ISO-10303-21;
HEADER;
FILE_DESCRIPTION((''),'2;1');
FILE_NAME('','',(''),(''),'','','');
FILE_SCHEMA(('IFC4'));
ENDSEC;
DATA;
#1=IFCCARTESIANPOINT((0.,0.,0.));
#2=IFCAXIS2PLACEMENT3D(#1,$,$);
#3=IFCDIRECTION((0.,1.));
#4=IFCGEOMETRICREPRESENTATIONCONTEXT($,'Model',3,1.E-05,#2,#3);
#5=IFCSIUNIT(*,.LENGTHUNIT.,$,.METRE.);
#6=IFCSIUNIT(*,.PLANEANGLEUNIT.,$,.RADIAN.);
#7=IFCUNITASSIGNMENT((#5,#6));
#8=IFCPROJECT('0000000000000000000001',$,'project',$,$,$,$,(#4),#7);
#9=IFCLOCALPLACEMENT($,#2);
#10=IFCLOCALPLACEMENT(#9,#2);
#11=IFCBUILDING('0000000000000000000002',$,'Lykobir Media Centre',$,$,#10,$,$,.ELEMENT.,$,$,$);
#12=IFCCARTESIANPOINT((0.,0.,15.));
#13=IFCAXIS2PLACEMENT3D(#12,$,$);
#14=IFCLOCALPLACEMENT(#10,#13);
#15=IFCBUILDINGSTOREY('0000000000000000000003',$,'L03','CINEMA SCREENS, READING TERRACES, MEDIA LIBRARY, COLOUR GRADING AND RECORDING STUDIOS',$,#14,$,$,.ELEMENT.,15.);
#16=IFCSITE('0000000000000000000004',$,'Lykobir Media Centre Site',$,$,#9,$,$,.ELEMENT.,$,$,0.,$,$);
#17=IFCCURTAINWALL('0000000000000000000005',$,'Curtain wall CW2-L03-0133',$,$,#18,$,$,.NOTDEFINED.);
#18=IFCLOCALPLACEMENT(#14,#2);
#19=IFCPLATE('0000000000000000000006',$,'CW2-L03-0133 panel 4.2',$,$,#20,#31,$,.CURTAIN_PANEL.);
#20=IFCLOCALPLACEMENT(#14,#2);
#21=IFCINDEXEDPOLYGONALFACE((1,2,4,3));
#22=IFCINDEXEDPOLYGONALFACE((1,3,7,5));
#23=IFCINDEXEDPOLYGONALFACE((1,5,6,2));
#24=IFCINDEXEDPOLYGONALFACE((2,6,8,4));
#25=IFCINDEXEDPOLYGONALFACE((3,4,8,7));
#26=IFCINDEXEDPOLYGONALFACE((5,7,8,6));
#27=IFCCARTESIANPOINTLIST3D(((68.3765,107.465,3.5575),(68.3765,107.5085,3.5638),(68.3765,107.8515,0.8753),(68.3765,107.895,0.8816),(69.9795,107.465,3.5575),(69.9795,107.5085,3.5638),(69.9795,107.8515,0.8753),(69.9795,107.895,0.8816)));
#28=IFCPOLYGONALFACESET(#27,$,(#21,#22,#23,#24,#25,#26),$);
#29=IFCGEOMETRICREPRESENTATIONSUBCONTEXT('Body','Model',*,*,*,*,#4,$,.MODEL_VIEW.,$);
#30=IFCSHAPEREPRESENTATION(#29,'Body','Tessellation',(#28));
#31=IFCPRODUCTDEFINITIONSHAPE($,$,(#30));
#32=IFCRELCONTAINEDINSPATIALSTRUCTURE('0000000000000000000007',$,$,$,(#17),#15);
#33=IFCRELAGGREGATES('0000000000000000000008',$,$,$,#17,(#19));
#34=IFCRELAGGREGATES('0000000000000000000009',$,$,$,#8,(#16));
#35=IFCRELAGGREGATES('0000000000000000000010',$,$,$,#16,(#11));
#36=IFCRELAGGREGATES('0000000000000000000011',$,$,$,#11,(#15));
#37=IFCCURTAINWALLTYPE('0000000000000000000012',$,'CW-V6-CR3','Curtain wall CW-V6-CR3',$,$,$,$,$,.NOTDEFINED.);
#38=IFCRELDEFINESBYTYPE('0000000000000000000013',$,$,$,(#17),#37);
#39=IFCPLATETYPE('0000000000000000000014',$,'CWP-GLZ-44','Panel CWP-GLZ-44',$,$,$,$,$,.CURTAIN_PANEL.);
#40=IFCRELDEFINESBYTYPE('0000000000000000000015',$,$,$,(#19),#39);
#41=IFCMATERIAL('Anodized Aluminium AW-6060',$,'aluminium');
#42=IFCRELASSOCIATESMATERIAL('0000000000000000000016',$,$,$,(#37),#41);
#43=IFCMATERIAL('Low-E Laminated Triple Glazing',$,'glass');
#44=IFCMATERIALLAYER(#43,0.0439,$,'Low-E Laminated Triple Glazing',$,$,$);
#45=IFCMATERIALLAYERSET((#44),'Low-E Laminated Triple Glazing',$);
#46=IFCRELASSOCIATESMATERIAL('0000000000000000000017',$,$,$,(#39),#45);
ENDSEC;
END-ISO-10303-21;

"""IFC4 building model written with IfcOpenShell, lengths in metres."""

from ifc_helpers import new_model, si_unit, direction, frame, origin, origin_2d, place, context, subcontext, project, spatial, rectangle, extrude, material, layer, layer_set, type_object, element, aggregate, save


model = new_model("IFC4")

# Units and contexts
model_context = context("Model", 3, precision=1e-05, world=origin(), true_north=direction((0.0, 1.0)))
body_context = subcontext(model_context, "Body", "Model", "MODEL_VIEW")
ifc_project = project(units=[si_unit("LENGTHUNIT", "METRE"), si_unit("PLANEANGLEUNIT", "RADIAN")], contexts=[model_context])

# Site, building, storey
site_placement = place(None, origin())
site = spatial("IfcSite", under=ifc_project, at=site_placement, Name="Lykobir Media Centre Site", CompositionType="ELEMENT", RefElevation=0.0)
building_placement = place(site_placement, origin())
building = spatial("IfcBuilding", under=site, at=building_placement, Name="Lykobir Media Centre", CompositionType="ELEMENT")
storey_placement = place(building_placement, frame((0.0, 0.0, 15.0)))
storey = spatial("IfcBuildingStorey", under=building, at=storey_placement, Name="L03", Description="CINEMA SCREENS, READING TERRACES, MEDIA LIBRARY, COLOUR GRADING AND RECORDING STUDIOS", CompositionType="ELEMENT", Elevation=15.0)

# Curtain wall
ifc_material_1 = material(Name="Anodized Aluminium AW-6060", Category="aluminium")
curtain_wall_type = type_object("IfcCurtainWallType", Name="CW-V6-CR3", Description="Curtain wall CW-V6-CR3", PredefinedType="NOTDEFINED", material=ifc_material_1)
curtain_wall_1_placement = place(storey_placement, origin())
curtain_wall_1 = element("IfcCurtainWall", 1, at=curtain_wall_1_placement, inside=storey, type_object=curtain_wall_type, Name="Curtain wall CW2-L03-0133", PredefinedType="NOTDEFINED")

# Plate
ifc_material_2 = material(Name="Low-E Laminated Triple Glazing", Category="glass")
ifc_layer = layer(ifc_material_2, 0.0439, Name="Low-E Laminated Triple Glazing")
ifc_layer_set = layer_set([ifc_layer], Name="Low-E Laminated Triple Glazing")
plate_type = type_object("IfcPlateType", Name="CWP-GLZ-44", Description="Panel CWP-GLZ-44", PredefinedType="CURTAIN_PANEL", material=ifc_layer_set)
plate_1_placement = place(storey_placement, frame((69.178, 107.8733, 0.8784), z_axis=(0.0, -0.142629, 0.989776), x_axis=(1.0, 0.0, 0.0)))
plate_1 = element("IfcPlate", 2, at=plate_1_placement, type_object=plate_type, Name="CW2-L03-0133 panel 4.2", PredefinedType="CURTAIN_PANEL", context=body_context, shape_type="SweptSolid", body=[
    extrude(rectangle(XDim=1.603, YDim=0.0439, at=origin_2d()), origin(), (0.0, 0.0, 1.0), 2.71),
])
aggregate(curtain_wall_1, [plate_1])

save(model, "model.ifc")
